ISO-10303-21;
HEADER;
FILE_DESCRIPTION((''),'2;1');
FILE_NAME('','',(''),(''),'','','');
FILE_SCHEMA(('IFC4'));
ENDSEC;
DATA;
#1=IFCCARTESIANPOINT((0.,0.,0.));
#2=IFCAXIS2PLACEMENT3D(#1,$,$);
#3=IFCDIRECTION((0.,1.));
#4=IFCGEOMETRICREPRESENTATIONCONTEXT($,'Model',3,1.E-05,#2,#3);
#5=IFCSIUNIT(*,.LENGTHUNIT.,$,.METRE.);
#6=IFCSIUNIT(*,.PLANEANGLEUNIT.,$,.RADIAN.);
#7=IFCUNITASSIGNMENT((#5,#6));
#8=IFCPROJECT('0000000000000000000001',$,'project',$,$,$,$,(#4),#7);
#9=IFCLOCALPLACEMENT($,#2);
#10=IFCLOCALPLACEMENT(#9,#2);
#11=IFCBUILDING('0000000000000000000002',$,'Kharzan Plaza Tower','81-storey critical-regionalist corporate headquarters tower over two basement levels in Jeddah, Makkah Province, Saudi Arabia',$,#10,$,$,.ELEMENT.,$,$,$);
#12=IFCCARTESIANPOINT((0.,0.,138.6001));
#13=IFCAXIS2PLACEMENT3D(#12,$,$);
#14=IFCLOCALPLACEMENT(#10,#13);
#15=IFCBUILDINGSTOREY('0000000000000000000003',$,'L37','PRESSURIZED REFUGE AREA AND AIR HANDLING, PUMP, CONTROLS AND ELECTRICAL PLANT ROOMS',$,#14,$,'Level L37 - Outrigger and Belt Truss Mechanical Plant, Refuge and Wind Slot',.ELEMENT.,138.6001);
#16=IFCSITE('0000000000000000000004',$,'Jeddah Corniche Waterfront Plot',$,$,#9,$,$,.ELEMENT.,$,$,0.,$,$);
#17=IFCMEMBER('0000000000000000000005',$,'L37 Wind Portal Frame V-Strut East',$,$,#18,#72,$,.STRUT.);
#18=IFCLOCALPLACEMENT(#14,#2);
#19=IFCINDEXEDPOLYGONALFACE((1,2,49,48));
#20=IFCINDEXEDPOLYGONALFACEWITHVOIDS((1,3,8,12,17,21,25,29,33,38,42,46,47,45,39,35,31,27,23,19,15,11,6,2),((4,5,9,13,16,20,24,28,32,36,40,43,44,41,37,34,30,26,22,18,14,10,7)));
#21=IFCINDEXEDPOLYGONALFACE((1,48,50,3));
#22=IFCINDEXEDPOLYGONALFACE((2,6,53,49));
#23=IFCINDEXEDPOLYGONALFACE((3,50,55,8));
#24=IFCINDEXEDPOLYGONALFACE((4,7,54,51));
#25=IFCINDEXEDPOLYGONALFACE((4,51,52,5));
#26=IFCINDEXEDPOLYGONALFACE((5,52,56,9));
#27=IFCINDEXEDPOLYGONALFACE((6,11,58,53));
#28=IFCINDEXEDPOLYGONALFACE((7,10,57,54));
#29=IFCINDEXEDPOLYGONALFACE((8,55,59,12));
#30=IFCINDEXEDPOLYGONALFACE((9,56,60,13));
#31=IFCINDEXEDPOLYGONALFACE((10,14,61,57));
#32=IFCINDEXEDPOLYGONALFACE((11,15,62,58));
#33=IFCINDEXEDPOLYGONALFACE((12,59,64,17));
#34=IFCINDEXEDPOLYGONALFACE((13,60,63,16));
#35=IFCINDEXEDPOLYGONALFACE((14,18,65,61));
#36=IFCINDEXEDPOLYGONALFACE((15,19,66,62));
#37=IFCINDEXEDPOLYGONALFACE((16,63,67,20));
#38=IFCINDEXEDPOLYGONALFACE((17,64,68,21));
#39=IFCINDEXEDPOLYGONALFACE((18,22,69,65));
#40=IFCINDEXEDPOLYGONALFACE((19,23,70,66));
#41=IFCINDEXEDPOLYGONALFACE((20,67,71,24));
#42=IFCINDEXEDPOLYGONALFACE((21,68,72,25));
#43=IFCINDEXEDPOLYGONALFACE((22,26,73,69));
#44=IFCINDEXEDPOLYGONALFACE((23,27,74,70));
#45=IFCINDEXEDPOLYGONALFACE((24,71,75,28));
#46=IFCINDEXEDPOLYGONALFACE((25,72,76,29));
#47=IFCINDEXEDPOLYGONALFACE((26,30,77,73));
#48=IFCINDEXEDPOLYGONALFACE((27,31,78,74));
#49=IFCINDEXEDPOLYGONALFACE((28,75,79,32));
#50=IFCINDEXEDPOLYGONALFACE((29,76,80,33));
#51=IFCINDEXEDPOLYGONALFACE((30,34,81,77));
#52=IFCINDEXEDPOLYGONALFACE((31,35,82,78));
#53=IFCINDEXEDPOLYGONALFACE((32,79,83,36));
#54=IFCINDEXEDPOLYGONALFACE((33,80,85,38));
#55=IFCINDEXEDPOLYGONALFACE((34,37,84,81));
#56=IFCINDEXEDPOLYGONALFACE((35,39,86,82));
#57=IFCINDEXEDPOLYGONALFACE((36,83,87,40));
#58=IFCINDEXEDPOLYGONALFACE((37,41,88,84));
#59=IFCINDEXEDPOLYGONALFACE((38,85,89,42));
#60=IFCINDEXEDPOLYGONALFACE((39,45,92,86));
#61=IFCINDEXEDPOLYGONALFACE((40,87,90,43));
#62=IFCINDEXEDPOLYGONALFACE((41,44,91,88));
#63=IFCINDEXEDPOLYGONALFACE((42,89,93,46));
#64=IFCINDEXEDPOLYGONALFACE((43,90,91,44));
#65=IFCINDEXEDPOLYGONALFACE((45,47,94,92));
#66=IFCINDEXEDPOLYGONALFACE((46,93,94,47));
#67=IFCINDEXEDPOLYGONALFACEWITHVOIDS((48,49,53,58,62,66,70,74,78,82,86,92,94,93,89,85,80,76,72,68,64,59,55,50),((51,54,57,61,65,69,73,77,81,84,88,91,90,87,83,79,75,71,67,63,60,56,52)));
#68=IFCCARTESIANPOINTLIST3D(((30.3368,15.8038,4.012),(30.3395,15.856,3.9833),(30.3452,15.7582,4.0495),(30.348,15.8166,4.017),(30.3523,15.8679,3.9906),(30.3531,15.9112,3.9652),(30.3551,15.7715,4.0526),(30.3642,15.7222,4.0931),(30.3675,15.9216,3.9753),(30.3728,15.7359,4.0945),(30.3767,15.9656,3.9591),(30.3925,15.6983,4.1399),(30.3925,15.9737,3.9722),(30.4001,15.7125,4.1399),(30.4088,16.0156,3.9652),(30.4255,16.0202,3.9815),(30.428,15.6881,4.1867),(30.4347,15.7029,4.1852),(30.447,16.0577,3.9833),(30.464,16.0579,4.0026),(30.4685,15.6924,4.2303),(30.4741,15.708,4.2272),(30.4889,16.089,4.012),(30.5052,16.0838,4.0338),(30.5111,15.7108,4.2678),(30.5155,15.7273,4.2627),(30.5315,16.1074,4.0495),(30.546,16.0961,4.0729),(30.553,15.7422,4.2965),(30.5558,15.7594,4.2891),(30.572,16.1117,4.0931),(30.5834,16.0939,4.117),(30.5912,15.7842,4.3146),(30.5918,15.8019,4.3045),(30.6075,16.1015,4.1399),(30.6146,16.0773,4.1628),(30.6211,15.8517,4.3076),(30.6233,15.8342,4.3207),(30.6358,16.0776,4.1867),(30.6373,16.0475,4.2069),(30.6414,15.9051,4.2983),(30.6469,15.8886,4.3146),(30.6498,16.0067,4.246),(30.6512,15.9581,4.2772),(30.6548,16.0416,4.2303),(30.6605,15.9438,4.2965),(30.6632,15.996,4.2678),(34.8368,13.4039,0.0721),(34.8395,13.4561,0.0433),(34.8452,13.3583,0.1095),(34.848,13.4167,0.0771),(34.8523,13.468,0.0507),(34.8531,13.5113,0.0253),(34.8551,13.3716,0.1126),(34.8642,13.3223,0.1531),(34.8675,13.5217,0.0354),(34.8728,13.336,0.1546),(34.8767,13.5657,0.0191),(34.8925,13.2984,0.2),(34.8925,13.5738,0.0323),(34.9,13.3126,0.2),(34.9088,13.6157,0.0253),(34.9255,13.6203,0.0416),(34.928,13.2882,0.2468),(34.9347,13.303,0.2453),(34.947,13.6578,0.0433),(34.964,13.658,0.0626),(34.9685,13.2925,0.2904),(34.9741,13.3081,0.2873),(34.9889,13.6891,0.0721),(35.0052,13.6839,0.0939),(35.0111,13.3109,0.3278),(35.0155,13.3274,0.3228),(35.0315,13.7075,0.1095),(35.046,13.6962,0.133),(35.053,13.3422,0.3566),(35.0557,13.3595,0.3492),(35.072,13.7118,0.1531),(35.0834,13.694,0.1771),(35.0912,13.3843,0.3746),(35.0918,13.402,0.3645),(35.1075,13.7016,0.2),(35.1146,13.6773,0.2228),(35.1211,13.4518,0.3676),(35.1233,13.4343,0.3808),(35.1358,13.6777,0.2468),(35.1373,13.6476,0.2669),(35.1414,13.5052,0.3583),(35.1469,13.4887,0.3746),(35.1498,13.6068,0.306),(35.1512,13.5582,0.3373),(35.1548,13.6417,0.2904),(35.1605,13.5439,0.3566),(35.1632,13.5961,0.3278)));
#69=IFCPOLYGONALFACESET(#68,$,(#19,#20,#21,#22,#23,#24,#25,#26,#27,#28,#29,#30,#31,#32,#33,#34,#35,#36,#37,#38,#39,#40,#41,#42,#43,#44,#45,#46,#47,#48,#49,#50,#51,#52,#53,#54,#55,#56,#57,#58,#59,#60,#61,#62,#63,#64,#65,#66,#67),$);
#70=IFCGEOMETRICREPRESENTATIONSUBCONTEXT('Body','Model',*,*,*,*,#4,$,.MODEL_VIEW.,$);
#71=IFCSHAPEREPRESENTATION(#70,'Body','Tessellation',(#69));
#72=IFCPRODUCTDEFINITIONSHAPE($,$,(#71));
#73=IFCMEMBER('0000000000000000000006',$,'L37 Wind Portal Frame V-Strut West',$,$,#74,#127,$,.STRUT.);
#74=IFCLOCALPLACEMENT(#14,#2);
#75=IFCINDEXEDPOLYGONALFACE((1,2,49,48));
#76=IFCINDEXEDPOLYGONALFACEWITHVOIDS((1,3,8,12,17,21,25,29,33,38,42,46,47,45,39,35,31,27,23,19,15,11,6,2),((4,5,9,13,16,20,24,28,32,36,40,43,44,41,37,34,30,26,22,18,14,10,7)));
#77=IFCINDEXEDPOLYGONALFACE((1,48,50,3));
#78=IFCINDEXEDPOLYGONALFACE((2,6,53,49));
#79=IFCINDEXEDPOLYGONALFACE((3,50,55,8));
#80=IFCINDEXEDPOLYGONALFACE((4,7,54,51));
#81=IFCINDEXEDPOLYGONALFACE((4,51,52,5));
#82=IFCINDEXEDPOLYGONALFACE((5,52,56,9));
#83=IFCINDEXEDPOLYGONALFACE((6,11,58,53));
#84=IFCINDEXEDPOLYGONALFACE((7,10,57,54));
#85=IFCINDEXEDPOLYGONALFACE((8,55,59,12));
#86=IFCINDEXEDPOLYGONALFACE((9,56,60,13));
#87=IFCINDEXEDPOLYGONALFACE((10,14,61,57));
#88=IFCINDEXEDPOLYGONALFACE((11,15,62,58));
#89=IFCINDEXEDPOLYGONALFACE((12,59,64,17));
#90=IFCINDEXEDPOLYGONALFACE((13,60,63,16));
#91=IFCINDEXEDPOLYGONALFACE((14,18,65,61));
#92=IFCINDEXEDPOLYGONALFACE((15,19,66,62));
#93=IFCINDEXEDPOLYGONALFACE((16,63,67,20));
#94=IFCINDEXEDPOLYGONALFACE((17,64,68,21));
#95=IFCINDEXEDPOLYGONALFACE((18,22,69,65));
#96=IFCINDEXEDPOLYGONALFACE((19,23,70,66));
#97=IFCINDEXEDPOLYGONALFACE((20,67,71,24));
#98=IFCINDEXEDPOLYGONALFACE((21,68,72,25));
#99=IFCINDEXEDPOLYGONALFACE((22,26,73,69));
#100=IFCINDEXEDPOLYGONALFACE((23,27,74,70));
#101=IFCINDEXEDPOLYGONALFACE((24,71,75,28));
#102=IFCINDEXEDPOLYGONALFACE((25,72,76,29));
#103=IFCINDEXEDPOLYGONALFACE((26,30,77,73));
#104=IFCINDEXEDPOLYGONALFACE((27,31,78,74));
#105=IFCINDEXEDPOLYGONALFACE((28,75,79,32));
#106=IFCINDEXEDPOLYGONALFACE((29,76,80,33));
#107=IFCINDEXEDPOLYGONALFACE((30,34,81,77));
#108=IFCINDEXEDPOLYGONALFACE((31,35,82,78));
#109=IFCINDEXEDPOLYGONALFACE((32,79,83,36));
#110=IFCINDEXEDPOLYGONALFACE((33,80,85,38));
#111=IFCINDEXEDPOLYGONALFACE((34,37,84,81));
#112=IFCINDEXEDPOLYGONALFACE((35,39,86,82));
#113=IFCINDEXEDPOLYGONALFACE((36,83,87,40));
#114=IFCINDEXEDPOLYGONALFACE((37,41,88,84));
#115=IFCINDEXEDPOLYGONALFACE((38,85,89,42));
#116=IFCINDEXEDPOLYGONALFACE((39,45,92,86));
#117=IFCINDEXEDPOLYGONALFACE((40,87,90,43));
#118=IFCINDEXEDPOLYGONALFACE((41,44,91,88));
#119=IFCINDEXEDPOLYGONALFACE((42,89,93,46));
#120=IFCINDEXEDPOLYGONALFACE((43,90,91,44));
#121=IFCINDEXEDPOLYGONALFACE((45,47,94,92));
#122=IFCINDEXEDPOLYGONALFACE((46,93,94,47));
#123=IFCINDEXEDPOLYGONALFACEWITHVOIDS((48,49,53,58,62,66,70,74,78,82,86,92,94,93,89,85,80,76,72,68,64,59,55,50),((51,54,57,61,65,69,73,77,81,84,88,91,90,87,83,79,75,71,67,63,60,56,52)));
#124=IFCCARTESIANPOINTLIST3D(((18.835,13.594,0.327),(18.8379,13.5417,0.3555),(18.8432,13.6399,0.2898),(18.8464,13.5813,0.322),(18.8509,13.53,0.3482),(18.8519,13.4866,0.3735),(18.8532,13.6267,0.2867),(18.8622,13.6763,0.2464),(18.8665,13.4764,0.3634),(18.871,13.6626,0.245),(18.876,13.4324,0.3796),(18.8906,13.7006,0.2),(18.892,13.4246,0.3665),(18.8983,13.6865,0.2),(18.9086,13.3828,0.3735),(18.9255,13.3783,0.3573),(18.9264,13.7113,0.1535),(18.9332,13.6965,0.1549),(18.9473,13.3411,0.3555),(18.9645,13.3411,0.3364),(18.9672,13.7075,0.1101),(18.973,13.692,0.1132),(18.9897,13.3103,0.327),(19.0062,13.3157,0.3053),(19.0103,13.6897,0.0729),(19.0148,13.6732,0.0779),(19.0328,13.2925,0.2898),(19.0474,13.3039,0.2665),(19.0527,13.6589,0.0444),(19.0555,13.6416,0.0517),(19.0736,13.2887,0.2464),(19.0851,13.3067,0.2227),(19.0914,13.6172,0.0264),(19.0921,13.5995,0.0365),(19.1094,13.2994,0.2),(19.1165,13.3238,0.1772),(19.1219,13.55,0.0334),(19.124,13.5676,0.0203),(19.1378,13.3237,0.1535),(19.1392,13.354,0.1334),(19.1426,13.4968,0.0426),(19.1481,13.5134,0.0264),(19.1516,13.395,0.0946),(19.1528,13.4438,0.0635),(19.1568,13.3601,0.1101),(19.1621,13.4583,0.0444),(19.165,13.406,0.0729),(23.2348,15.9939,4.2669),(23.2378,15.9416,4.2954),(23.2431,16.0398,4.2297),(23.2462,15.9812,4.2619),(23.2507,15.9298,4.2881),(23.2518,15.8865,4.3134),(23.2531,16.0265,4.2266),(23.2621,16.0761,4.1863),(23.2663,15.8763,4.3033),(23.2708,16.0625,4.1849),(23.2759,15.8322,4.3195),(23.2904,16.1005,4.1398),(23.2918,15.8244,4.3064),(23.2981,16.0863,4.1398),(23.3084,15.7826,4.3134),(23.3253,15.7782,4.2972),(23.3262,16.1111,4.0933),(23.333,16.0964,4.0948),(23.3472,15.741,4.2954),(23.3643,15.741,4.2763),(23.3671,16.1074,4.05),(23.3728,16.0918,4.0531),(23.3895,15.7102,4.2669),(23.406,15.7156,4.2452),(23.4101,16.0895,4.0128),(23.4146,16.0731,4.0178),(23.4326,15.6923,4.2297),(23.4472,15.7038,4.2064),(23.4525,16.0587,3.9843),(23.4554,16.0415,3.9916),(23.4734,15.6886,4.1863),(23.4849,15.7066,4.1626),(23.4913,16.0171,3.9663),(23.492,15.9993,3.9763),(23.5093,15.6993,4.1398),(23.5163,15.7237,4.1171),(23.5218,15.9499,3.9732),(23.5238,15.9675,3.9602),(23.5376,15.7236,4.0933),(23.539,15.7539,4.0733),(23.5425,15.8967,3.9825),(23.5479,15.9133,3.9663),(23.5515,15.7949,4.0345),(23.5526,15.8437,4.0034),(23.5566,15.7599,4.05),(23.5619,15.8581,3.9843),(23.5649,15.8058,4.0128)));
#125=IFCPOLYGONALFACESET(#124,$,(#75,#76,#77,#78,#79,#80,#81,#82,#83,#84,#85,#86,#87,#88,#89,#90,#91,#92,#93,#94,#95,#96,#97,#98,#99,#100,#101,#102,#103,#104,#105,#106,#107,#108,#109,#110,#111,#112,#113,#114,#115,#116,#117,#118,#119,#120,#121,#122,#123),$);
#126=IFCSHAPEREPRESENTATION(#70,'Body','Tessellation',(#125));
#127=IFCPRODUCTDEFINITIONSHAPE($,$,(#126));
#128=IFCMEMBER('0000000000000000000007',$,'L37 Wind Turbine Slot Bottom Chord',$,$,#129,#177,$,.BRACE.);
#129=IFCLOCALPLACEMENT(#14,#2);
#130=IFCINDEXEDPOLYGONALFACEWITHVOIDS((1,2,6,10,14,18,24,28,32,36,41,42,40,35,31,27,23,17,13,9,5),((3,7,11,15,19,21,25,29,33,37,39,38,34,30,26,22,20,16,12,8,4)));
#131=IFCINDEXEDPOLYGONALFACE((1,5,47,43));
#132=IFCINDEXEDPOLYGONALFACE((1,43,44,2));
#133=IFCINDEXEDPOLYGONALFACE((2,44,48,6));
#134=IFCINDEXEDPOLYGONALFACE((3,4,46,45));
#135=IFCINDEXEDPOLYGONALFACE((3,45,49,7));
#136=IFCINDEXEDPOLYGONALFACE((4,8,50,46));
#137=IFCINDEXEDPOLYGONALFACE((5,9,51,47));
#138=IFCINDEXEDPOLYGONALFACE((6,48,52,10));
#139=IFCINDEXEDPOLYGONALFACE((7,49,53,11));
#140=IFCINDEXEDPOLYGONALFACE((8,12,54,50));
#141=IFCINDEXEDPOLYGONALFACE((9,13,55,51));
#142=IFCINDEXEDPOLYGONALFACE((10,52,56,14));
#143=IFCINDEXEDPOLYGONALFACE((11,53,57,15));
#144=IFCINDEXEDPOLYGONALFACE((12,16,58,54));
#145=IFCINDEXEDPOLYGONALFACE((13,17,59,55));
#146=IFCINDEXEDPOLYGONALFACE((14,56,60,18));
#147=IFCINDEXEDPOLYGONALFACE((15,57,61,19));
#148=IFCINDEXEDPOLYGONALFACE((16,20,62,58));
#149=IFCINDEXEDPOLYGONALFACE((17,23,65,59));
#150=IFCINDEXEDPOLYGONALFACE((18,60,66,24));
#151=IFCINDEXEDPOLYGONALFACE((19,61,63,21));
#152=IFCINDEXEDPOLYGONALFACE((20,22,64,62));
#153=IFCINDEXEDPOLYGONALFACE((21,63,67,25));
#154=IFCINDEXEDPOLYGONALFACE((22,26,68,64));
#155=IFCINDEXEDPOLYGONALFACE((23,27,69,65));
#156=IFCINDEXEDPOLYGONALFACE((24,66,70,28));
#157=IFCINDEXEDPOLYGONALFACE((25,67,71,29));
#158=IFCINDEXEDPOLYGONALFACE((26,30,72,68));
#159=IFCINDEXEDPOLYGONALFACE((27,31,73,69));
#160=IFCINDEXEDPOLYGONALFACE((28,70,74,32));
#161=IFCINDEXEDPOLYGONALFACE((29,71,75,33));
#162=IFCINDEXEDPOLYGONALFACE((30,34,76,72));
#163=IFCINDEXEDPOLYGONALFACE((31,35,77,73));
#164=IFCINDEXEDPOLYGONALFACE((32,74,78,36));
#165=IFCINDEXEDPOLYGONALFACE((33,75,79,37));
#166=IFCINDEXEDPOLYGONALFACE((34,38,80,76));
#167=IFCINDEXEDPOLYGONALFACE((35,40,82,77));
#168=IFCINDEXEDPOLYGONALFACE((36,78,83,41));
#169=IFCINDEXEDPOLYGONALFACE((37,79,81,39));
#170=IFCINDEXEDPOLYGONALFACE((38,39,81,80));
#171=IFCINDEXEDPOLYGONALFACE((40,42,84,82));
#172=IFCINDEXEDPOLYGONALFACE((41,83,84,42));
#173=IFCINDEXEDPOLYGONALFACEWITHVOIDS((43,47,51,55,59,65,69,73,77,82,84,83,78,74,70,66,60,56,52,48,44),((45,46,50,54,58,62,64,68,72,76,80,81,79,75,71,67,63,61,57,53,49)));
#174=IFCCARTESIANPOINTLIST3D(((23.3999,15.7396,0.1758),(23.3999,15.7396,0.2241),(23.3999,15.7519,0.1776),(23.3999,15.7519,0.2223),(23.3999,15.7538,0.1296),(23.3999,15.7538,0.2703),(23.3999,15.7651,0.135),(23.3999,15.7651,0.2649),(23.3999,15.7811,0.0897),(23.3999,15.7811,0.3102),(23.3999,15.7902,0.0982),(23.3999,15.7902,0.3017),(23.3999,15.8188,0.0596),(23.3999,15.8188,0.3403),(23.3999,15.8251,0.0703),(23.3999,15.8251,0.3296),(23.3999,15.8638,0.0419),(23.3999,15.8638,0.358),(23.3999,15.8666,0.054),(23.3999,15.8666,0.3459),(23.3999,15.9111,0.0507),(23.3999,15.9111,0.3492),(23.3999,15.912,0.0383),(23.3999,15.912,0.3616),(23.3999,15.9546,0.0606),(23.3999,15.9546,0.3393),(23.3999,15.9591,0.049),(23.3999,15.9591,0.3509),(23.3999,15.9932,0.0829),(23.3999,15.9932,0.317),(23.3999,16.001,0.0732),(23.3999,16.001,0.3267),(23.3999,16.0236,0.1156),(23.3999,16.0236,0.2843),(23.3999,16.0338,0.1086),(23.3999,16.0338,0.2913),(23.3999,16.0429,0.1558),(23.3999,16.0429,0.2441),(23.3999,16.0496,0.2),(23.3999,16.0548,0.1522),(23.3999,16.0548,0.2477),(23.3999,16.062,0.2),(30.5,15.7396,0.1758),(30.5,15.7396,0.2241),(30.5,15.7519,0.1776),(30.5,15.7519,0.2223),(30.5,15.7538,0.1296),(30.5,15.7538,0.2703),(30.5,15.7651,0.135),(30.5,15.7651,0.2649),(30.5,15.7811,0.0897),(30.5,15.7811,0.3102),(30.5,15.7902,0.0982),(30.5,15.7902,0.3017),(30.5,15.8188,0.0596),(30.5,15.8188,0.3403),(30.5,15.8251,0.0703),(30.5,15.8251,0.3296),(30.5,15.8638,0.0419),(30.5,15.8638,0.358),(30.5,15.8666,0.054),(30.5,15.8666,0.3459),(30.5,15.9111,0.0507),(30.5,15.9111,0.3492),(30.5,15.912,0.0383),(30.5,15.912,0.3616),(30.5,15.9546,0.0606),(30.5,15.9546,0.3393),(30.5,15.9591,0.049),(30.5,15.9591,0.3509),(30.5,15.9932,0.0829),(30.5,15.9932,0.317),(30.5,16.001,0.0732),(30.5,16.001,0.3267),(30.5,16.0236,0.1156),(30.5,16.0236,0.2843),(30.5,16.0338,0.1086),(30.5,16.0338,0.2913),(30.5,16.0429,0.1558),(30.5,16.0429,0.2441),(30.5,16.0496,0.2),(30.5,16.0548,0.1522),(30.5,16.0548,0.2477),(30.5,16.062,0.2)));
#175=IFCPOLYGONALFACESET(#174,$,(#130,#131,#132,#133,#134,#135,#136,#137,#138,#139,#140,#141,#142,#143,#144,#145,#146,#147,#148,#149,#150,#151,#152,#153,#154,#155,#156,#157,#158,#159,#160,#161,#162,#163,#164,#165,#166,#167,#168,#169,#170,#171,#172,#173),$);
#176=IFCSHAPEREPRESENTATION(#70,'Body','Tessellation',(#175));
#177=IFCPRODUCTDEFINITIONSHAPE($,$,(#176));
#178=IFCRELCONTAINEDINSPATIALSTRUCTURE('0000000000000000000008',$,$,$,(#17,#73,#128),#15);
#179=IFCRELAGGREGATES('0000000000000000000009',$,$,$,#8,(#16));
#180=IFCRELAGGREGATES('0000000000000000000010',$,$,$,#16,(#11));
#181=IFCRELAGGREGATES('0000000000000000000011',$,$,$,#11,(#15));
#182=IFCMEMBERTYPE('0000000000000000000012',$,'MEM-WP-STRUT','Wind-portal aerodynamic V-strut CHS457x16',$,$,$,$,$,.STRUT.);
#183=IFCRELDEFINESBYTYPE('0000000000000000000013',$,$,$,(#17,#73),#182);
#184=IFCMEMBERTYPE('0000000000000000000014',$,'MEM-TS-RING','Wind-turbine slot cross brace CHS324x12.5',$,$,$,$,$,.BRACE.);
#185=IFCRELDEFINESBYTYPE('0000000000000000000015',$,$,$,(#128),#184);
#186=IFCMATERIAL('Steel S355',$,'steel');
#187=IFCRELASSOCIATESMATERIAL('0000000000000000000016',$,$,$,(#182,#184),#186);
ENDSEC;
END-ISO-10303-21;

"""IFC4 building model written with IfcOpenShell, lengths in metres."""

from ifc_helpers import new_model, si_unit, direction, frame, origin, origin_2d, place, context, subcontext, project, spatial, hollow_circle, extrude, source, transform, mapped, material, material_profile, profile_set, type_object, element, save


model = new_model("IFC4")

# Units and contexts
model_context = context("Model", 3, precision=1e-05, world=origin(), true_north=direction((0.0, 1.0)))
body_context = subcontext(model_context, "Body", "Model", "MODEL_VIEW")
ifc_project = project(units=[si_unit("LENGTHUNIT", "METRE"), si_unit("PLANEANGLEUNIT", "RADIAN")], contexts=[model_context])

# Site, building, storey
site_placement = place(None, origin())
site = spatial("IfcSite", under=ifc_project, at=site_placement, Name="Jeddah Corniche Waterfront Plot", CompositionType="ELEMENT", RefElevation=0.0)
building_placement = place(site_placement, origin())
building = spatial("IfcBuilding", under=site, at=building_placement, Name="Kharzan Plaza Tower", Description="81-storey critical-regionalist corporate headquarters tower over two basement levels in Jeddah, Makkah Province, Saudi Arabia", CompositionType="ELEMENT")
storey_placement = place(building_placement, frame((0.0, 0.0, 138.6001)))
storey = spatial("IfcBuildingStorey", under=building, at=storey_placement, Name="L37", Description="PRESSURIZED REFUGE AREA AND AIR HANDLING, PUMP, CONTROLS AND ELECTRICAL PLANT ROOMS", LongName="Level L37 - Outrigger and Belt Truss Mechanical Plant, Refuge and Wind Slot", CompositionType="ELEMENT", Elevation=138.6001)

# Shared definitions
ifc_material_1 = material(Name="Steel S355", Category="steel")

# Members
ifc_material_profile_1 = material_profile(ifc_material_1, hollow_circle(Radius=0.2285, WallThickness=0.0161, at=origin_2d()), Name="CHS457x16")
ifc_profile_set_1 = profile_set([ifc_material_profile_1], Name="Steel S355")
member_type_1 = type_object("IfcMemberType", Name="MEM-WP-STRUT", Description="Wind-portal aerodynamic V-strut CHS457x16", PredefinedType="STRUT", material=ifc_profile_set_1)
shared_shape_1 = source(origin(), body_context, "Body", "SweptSolid", [
    extrude(hollow_circle(Radius=0.2285, WallThickness=0.0161, at=origin_2d()), origin(), (0.0, 0.0, 1.0), 6.4446),
])
member_1_placement = place(storey_placement, frame((35.0, 13.5, 0.2), z_axis=(-0.698261, 0.372391, 0.611357), x_axis=(-0.470573, -0.882361, 0.0)))
element("IfcMember", 1, at=member_1_placement, inside=storey, type_object=member_type_1, Name="L37 Wind Portal Frame V-Strut East", PredefinedType="STRUT", context=body_context, shape_type="MappedRepresentation", body=[
    mapped(shared_shape_1, transform((0.0, 0.0, 0.0), x_axis=(1.0, 0.0, 0.0), y_axis=(0.0, 1.0, 0.0), z_axis=(0.0, 0.0, 1.0))),
])
shared_shape_2 = source(origin(), body_context, "Body", "SweptSolid", [
    extrude(hollow_circle(Radius=0.2285, WallThickness=0.0161, at=origin_2d()), origin(), (0.0, 0.0, 1.0), 6.375),
])
member_2_placement = place(storey_placement, frame((19.0, 13.5, 0.2), z_axis=(0.690171, 0.37645, 0.618021), x_axis=(-0.478845, 0.877899, 0.0)))
element("IfcMember", 2, at=member_2_placement, inside=storey, type_object=member_type_1, Name="L37 Wind Portal Frame V-Strut West", PredefinedType="STRUT", context=body_context, shape_type="MappedRepresentation", body=[
    mapped(shared_shape_2, transform((0.0, 0.0, 0.0), x_axis=(1.0, 0.0, 0.0), y_axis=(0.0, 1.0, 0.0), z_axis=(0.0, 0.0, 1.0))),
])
ifc_material_profile_2 = material_profile(ifc_material_1, hollow_circle(Radius=0.1621, WallThickness=0.0125, at=origin_2d()), Name="CHS324x12.5")
ifc_profile_set_2 = profile_set([ifc_material_profile_2], Name="Steel S355")
member_type_2 = type_object("IfcMemberType", Name="MEM-TS-RING", Description="Wind-turbine slot cross brace CHS324x12.5", PredefinedType="BRACE", material=ifc_profile_set_2)
shared_shape_3 = source(origin(), body_context, "Body", "SweptSolid", [
    extrude(hollow_circle(Radius=0.1621, WallThickness=0.0125, at=origin_2d()), origin(), (0.0, 0.0, 1.0), 7.1001),
])
for number, where, z_axis, x_axis, name in (
    (3, (23.3999, 15.8999, 0.2), (1.0, 0.0, 0.0), (0.0, 1.0, 0.0), "L37 Wind Turbine Slot Bottom Chord"),
):
    element("IfcMember", number, at=place(storey_placement, frame(where, z_axis=z_axis, x_axis=x_axis)), inside=storey, type_object=member_type_2, Name=name, PredefinedType="BRACE", context=body_context, shape_type="MappedRepresentation", body=[
        mapped(shared_shape_3, transform((0.0, 0.0, 0.0), x_axis=(1.0, 0.0, 0.0), y_axis=(0.0, 1.0, 0.0), z_axis=(0.0, 0.0, 1.0))),
    ])

save(model, "model.ifc")
